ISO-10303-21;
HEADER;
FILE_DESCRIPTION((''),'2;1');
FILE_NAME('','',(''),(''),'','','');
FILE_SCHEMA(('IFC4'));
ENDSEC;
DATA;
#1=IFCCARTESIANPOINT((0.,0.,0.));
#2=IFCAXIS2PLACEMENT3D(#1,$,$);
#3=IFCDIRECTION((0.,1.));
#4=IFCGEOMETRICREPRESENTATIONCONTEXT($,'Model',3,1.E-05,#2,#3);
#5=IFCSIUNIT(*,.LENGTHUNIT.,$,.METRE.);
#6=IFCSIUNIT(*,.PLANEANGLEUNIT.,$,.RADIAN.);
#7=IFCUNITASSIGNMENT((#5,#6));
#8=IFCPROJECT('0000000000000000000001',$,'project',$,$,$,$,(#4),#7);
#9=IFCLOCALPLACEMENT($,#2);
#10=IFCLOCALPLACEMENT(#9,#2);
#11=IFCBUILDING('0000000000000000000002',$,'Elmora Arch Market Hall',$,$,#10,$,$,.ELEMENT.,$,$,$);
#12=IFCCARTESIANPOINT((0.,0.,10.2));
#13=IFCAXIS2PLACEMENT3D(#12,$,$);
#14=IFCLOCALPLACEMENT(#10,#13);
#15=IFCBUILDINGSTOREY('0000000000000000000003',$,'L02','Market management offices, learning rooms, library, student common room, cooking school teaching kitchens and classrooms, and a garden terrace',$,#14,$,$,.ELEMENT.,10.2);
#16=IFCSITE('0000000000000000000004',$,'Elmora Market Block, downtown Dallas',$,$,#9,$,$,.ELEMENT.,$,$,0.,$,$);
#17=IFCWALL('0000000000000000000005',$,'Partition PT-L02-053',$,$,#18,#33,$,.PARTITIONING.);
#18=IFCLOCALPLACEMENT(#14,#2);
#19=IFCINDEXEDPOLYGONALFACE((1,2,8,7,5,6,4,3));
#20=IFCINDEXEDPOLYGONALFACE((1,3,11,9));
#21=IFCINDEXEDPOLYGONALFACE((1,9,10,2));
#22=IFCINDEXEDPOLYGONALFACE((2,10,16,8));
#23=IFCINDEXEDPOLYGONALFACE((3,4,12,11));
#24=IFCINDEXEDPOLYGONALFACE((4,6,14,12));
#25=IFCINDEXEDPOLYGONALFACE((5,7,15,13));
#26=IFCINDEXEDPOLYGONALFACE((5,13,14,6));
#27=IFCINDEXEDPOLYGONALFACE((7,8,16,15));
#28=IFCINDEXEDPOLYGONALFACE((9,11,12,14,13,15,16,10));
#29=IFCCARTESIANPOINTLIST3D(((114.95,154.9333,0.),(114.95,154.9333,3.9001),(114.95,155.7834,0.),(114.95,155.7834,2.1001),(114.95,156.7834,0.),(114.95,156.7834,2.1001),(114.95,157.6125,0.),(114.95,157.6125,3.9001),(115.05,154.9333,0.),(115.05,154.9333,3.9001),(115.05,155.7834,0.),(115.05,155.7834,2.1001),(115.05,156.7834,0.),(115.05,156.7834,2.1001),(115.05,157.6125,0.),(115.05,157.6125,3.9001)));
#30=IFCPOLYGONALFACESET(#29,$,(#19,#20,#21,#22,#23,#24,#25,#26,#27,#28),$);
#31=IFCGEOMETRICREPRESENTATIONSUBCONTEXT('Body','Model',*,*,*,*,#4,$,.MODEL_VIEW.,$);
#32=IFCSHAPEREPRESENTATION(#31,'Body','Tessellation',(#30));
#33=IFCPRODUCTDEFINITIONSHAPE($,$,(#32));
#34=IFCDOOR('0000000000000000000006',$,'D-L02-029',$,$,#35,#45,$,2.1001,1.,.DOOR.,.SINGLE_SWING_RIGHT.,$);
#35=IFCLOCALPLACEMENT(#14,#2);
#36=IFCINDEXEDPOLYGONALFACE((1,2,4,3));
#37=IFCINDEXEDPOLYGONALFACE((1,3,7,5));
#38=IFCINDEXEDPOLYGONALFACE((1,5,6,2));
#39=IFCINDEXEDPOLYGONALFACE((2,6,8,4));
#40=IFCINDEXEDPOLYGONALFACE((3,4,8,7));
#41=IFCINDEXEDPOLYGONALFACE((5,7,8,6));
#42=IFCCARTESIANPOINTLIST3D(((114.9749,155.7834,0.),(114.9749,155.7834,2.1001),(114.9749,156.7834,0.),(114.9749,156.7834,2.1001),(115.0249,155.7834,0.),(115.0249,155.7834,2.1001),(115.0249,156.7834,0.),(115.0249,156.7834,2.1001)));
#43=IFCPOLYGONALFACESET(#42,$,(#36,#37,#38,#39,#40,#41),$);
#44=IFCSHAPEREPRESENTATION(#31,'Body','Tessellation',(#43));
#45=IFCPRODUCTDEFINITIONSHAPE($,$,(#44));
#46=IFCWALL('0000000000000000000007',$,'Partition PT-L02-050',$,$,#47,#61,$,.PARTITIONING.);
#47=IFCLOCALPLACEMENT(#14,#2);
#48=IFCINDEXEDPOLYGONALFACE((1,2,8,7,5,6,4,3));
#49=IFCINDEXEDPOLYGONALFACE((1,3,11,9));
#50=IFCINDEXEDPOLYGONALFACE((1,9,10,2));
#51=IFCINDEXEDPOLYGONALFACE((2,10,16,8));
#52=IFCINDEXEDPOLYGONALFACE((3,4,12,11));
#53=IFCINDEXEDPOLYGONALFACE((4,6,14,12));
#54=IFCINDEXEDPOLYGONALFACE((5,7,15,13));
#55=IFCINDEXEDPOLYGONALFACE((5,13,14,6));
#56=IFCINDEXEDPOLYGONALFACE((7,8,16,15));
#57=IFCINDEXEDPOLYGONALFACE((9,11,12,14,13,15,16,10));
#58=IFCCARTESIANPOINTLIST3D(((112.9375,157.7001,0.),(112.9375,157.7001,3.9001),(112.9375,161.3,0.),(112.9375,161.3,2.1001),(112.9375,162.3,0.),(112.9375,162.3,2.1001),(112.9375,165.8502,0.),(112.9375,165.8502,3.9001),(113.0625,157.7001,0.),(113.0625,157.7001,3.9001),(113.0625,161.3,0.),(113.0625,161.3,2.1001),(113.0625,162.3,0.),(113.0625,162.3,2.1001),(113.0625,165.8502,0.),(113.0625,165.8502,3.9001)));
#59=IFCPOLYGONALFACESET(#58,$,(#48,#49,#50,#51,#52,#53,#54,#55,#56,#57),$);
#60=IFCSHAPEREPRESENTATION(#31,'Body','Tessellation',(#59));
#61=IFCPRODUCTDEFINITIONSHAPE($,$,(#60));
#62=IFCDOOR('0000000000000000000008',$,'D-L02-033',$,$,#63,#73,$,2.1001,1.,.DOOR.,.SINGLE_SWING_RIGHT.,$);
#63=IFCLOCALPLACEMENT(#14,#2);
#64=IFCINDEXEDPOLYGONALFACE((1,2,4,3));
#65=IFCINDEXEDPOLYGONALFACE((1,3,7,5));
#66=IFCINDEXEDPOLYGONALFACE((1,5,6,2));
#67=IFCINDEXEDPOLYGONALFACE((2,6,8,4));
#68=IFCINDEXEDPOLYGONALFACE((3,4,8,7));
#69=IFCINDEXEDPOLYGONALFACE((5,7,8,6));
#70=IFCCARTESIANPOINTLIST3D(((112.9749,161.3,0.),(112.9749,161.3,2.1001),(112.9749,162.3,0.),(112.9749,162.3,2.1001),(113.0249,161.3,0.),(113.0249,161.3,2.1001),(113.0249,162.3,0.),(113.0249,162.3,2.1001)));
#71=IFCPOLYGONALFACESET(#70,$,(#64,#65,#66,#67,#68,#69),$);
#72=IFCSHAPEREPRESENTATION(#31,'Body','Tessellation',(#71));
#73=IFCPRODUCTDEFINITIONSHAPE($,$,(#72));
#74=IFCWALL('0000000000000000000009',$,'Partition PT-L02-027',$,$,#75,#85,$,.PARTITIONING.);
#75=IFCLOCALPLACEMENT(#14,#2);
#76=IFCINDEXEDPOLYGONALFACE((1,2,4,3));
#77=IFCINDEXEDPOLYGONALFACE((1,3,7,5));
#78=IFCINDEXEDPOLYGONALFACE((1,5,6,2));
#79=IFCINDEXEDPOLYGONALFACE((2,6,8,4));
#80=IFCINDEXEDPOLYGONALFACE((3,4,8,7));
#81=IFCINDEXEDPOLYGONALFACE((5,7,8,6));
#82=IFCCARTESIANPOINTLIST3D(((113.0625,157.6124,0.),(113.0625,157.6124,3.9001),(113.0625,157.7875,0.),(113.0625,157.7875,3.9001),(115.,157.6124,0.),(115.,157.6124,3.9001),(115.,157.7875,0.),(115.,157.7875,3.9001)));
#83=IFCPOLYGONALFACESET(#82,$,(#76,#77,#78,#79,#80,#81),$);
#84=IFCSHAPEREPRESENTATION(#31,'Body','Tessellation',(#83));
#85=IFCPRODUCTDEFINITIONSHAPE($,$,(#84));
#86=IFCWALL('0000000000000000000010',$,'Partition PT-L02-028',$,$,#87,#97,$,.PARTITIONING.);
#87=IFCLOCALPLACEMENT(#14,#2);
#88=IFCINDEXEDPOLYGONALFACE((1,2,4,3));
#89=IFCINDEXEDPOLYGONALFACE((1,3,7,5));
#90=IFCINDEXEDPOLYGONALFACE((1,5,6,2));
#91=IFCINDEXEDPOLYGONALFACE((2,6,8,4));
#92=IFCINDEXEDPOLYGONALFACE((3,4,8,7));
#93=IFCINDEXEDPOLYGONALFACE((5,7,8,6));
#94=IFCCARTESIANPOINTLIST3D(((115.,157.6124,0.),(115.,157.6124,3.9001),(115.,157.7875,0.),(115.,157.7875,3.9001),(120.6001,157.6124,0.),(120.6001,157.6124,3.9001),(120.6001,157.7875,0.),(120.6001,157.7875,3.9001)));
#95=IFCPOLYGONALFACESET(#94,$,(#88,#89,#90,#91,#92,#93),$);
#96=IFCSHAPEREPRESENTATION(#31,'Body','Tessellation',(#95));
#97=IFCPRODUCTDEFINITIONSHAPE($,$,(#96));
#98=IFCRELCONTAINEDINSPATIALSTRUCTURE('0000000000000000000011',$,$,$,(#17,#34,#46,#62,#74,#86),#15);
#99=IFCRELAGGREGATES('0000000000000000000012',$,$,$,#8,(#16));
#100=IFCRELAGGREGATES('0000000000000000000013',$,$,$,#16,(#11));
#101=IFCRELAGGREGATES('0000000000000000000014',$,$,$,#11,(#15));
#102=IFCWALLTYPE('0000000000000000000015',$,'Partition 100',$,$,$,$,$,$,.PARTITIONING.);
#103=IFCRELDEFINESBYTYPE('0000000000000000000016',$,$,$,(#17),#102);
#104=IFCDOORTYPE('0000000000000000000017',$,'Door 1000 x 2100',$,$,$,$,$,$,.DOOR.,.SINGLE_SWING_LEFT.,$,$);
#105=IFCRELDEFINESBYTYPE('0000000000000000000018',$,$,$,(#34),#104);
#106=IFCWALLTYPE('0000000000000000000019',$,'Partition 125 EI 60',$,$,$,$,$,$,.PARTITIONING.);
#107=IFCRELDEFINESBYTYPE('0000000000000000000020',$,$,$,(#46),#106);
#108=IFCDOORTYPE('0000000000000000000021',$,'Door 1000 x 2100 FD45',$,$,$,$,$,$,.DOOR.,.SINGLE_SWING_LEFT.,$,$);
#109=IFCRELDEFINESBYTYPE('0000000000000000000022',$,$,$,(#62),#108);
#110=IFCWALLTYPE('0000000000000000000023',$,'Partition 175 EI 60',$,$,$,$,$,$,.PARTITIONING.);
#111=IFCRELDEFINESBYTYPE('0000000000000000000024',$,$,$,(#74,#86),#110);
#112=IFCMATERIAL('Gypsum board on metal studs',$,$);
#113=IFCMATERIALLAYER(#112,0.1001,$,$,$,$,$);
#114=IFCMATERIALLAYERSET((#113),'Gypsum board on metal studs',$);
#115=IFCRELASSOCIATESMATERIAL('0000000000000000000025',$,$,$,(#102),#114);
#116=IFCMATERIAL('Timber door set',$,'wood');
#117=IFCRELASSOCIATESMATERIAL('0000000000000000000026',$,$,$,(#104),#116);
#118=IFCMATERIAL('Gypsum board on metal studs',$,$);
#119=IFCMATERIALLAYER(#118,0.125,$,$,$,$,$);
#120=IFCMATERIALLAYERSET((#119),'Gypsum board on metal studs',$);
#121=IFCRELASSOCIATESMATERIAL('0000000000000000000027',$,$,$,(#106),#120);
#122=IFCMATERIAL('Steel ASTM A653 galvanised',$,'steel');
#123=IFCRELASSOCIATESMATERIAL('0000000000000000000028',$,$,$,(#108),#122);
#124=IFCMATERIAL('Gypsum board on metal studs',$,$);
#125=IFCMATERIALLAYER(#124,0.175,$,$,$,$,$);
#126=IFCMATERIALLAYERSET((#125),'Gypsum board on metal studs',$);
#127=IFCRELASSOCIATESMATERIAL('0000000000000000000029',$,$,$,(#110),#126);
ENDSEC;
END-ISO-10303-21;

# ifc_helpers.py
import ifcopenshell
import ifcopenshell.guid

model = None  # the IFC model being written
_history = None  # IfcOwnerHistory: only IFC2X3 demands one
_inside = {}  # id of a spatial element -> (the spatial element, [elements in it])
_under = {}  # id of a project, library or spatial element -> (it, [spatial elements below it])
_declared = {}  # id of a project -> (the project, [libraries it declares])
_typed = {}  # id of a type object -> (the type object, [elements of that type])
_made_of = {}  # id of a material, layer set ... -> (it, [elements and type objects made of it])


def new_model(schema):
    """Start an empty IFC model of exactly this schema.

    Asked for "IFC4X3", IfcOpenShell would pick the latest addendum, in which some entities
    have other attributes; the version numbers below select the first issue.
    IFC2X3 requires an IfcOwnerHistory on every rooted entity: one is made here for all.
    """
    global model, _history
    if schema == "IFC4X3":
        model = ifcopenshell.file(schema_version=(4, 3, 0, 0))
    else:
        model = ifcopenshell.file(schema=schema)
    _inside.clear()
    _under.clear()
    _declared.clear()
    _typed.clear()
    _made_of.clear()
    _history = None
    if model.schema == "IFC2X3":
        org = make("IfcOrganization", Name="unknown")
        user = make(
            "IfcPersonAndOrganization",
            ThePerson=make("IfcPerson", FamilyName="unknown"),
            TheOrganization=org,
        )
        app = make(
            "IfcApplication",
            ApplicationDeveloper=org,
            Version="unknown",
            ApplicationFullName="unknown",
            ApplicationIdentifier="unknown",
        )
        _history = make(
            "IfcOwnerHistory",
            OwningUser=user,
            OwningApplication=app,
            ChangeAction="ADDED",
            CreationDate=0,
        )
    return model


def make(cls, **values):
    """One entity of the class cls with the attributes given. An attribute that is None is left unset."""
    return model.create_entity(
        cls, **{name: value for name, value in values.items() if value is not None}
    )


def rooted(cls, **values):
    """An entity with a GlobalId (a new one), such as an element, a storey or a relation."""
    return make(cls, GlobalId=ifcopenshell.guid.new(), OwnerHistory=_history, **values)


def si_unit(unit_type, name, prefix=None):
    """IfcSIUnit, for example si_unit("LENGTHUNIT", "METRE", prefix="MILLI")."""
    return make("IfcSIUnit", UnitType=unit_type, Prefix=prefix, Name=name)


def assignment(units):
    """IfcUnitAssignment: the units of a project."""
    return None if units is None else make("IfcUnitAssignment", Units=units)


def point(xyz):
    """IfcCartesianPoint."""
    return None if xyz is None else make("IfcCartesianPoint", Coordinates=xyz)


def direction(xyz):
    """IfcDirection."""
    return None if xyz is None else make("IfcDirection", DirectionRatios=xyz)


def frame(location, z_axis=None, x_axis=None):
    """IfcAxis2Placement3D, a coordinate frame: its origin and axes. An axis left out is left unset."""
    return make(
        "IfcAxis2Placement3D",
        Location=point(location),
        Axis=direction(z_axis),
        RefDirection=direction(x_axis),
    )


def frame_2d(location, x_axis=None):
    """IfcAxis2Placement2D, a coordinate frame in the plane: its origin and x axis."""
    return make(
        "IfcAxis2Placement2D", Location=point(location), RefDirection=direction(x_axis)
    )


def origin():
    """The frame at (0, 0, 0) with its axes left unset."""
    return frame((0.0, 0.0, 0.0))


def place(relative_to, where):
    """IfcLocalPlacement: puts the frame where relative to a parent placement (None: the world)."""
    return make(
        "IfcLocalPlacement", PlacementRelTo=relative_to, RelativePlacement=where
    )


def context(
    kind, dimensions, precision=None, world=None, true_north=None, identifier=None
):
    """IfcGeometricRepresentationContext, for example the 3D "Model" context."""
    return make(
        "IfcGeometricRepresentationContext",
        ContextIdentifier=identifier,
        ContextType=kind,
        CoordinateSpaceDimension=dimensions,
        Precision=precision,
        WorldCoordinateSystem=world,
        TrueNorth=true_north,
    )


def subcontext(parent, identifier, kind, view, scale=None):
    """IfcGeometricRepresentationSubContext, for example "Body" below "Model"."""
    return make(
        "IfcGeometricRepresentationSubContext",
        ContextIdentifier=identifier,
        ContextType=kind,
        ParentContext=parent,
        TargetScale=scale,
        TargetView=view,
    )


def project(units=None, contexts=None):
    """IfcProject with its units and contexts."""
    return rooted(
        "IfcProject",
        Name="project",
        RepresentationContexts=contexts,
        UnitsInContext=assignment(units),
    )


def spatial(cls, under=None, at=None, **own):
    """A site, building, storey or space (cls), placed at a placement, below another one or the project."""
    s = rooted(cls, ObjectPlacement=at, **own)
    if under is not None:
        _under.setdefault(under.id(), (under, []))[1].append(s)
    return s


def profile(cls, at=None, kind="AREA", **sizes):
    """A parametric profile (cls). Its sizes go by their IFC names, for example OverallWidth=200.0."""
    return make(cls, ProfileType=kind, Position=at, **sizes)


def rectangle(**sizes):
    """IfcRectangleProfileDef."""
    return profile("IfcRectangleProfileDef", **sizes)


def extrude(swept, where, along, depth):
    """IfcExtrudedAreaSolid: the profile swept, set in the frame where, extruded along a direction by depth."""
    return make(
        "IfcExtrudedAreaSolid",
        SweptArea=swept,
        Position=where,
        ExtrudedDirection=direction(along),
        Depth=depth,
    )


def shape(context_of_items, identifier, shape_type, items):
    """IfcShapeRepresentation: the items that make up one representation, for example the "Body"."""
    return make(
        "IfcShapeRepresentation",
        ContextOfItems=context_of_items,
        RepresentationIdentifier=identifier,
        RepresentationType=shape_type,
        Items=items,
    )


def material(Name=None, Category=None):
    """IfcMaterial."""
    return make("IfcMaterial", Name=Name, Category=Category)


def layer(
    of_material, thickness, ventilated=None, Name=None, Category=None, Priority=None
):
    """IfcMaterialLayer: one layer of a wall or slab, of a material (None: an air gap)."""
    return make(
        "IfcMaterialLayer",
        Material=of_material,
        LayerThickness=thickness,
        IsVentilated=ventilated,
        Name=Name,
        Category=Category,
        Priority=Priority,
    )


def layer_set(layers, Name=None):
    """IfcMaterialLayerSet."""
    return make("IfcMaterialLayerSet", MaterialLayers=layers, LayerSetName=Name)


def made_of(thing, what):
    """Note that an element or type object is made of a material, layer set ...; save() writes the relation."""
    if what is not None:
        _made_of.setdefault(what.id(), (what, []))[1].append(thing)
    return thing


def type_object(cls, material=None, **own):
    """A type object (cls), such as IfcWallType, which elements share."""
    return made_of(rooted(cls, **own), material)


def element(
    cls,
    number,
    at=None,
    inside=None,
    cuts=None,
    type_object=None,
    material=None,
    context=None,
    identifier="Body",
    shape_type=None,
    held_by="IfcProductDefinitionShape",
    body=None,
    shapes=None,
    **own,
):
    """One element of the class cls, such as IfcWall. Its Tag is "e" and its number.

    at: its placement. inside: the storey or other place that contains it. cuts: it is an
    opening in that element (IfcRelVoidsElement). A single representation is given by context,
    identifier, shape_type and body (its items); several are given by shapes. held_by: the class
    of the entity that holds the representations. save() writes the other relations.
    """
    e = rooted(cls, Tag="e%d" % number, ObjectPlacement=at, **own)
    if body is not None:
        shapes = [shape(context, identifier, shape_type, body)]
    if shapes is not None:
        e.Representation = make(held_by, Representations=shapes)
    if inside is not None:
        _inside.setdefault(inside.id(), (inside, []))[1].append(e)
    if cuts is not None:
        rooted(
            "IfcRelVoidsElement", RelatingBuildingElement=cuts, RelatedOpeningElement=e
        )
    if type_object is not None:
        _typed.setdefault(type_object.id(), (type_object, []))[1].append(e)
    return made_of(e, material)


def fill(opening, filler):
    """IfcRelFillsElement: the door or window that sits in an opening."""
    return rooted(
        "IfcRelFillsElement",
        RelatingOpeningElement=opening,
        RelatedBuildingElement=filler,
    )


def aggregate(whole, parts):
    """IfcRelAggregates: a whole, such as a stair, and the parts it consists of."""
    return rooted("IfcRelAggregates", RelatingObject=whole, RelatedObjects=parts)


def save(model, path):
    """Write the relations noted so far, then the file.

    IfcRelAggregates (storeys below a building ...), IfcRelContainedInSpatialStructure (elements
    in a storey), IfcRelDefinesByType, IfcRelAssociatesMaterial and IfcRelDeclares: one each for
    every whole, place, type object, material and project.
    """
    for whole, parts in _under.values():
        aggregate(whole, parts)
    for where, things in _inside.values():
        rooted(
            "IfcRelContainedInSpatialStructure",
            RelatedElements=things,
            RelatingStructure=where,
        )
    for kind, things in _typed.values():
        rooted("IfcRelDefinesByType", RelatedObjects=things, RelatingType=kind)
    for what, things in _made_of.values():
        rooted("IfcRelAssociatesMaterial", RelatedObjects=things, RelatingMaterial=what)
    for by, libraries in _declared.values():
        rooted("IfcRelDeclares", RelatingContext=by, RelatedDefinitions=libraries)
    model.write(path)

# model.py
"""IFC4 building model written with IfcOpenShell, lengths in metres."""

from ifc_helpers import new_model, si_unit, direction, frame, frame_2d, origin, place, context, subcontext, project, spatial, rectangle, extrude, material, layer, layer_set, type_object, element, fill, save


model = new_model("IFC4")

# Units and contexts
model_context = context("Model", 3, precision=1e-05, world=origin(), true_north=direction((0.0, 1.0)))
body_context = subcontext(model_context, "Body", "Model", "MODEL_VIEW")
ifc_project = project(units=[si_unit("LENGTHUNIT", "METRE"), si_unit("PLANEANGLEUNIT", "RADIAN")], contexts=[model_context])

# Site, building, storey
site_placement = place(None, origin())
site = spatial("IfcSite", under=ifc_project, at=site_placement, Name="Elmora Market Block, downtown Dallas", CompositionType="ELEMENT", RefElevation=0.0)
building_placement = place(site_placement, origin())
building = spatial("IfcBuilding", under=site, at=building_placement, Name="Elmora Arch Market Hall", CompositionType="ELEMENT")
storey_placement = place(building_placement, frame((0.0, 0.0, 10.2)))
storey = spatial("IfcBuildingStorey", under=building, at=storey_placement, Name="L02", Description="Market management offices, learning rooms, library, student common room, cooking school teaching kitchens and classrooms, and a garden terrace", CompositionType="ELEMENT", Elevation=10.2)

# Shared definitions
ifc_material_1 = material(Name="Gypsum board on metal studs")
ifc_layer_1 = layer(ifc_material_1, 0.1001)
ifc_layer_set_1 = layer_set([ifc_layer_1], Name="Gypsum board on metal studs")
wall_type_1 = type_object("IfcWallType", Name="Partition 100", PredefinedType="PARTITIONING", material=ifc_layer_set_1)

# Walls, openings, doors
ifc_material_2 = material(Name="Timber door set", Category="wood")
door_type_1 = type_object("IfcDoorType", Name="Door 1000 x 2100", OperationType="SINGLE_SWING_LEFT", PredefinedType="DOOR", material=ifc_material_2)
wall_1_placement = place(storey_placement, frame((115.0, 154.9333, 0.0), z_axis=(0.0, 0.0, 1.0), x_axis=(0.0, 1.0, 0.0)))
wall_1 = element("IfcWall", 1, at=wall_1_placement, inside=storey, type_object=wall_type_1, Name="Partition PT-L02-053", PredefinedType="PARTITIONING", context=body_context, shape_type="SweptSolid", body=[
    extrude(rectangle(XDim=2.6792, YDim=0.1001, at=frame_2d((1.3396, 0.0))), origin(), (0.0, 0.0, 1.0), 3.9001),
])
opening_1_placement = place(wall_1_placement, frame((0.8501, 0.0, 0.0)))
opening_1 = element("IfcOpeningElement", 2, at=opening_1_placement, cuts=wall_1, PredefinedType="OPENING", context=body_context, shape_type="SweptSolid", body=[
    extrude(rectangle(XDim=1.0, YDim=2.1001, at=frame_2d((0.5, 1.05))), frame((0.0, 0.0601, 0.0), z_axis=(0.0, -1.0, 0.0), x_axis=(1.0, 0.0, 0.0)), (0.0, 0.0, 1.0), 0.1201),
])
door_1_placement = place(opening_1_placement, frame((1.0, 0.0, 0.0), z_axis=(0.0, 0.0, 1.0), x_axis=(-1.0, 0.0, 0.0)))
door_1 = element("IfcDoor", 3, at=door_1_placement, inside=storey, type_object=door_type_1, Name="D-L02-029", OperationType="SINGLE_SWING_RIGHT", OverallHeight=2.1001, OverallWidth=1.0, PredefinedType="DOOR", context=body_context, shape_type="SweptSolid", body=[
    extrude(rectangle(XDim=1.0, YDim=2.1001, at=frame_2d((0.5, 1.05))), frame((0.0, 0.0249, 0.0), z_axis=(0.0, -1.0, 0.0), x_axis=(1.0, 0.0, 0.0)), (0.0, 0.0, 1.0), 0.05),
])
fill(opening_1, door_1)
ifc_material_3 = material(Name="Gypsum board on metal studs")
ifc_layer_2 = layer(ifc_material_3, 0.125)
ifc_layer_set_2 = layer_set([ifc_layer_2], Name="Gypsum board on metal studs")
wall_type_2 = type_object("IfcWallType", Name="Partition 125 EI 60", PredefinedType="PARTITIONING", material=ifc_layer_set_2)
wall_2_placement = place(storey_placement, frame((113.0, 157.7, 0.0), z_axis=(0.0, 0.0, 1.0), x_axis=(0.0, 1.0, 0.0)))
wall_2 = element("IfcWall", 4, at=wall_2_placement, inside=storey, type_object=wall_type_2, Name="Partition PT-L02-050", PredefinedType="PARTITIONING", context=body_context, shape_type="SweptSolid", body=[
    extrude(rectangle(XDim=8.1501, YDim=0.125, at=frame_2d((4.0752, 0.0))), origin(), (0.0, 0.0, 1.0), 3.9001),
])
opening_2_placement = place(wall_2_placement, frame((3.6001, 0.0, 0.0)))
opening_2 = element("IfcOpeningElement", 5, at=opening_2_placement, cuts=wall_2, PredefinedType="OPENING", context=body_context, shape_type="SweptSolid", body=[
    extrude(rectangle(XDim=1.0, YDim=2.1001, at=frame_2d((0.5, 1.05))), frame((0.0, 0.0725, 0.0), z_axis=(0.0, -1.0, 0.0), x_axis=(1.0, 0.0, 0.0)), (0.0, 0.0, 1.0), 0.145),
])
ifc_material_4 = material(Name="Steel ASTM A653 galvanised", Category="steel")
door_type_2 = type_object("IfcDoorType", Name="Door 1000 x 2100 FD45", OperationType="SINGLE_SWING_LEFT", PredefinedType="DOOR", material=ifc_material_4)
door_2_placement = place(opening_2_placement, frame((1.0, 0.0, 0.0), z_axis=(0.0, 0.0, 1.0), x_axis=(-1.0, 0.0, 0.0)))
door_2 = element("IfcDoor", 6, at=door_2_placement, inside=storey, type_object=door_type_2, Name="D-L02-033", OperationType="SINGLE_SWING_RIGHT", OverallHeight=2.1001, OverallWidth=1.0, PredefinedType="DOOR", context=body_context, shape_type="SweptSolid", body=[
    extrude(rectangle(XDim=1.0, YDim=2.1001, at=frame_2d((0.5, 1.05))), frame((0.0, 0.0249, 0.0), z_axis=(0.0, -1.0, 0.0), x_axis=(1.0, 0.0, 0.0)), (0.0, 0.0, 1.0), 0.05),
])
fill(opening_2, door_2)

# Walls
ifc_material_5 = material(Name="Gypsum board on metal studs")
ifc_layer_3 = layer(ifc_material_5, 0.175)
ifc_layer_set_3 = layer_set([ifc_layer_3], Name="Gypsum board on metal studs")
wall_type_3 = type_object("IfcWallType", Name="Partition 175 EI 60", PredefinedType="PARTITIONING", material=ifc_layer_set_3)
wall_3_placement = place(storey_placement, frame((113.0625, 157.7, 0.0), z_axis=(0.0, 0.0, 1.0), x_axis=(1.0, 0.0, 0.0)))
element("IfcWall", 7, at=wall_3_placement, inside=storey, type_object=wall_type_3, Name="Partition PT-L02-027", PredefinedType="PARTITIONING", context=body_context, shape_type="SweptSolid", body=[
    extrude(rectangle(XDim=1.9375, YDim=0.175, at=frame_2d((0.9688, 0.0))), origin(), (0.0, 0.0, 1.0), 3.9001),
])
wall_4_placement = place(storey_placement, frame((115.0, 157.7, 0.0), z_axis=(0.0, 0.0, 1.0), x_axis=(1.0, 0.0, 0.0)))
element("IfcWall", 8, at=wall_4_placement, inside=storey, type_object=wall_type_3, Name="Partition PT-L02-028", PredefinedType="PARTITIONING", context=body_context, shape_type="SweptSolid", body=[
    extrude(rectangle(XDim=5.6001, YDim=0.175, at=frame_2d((2.8, 0.0))), origin(), (0.0, 0.0, 1.0), 3.9001),
])

save(model, "model.ifc")
